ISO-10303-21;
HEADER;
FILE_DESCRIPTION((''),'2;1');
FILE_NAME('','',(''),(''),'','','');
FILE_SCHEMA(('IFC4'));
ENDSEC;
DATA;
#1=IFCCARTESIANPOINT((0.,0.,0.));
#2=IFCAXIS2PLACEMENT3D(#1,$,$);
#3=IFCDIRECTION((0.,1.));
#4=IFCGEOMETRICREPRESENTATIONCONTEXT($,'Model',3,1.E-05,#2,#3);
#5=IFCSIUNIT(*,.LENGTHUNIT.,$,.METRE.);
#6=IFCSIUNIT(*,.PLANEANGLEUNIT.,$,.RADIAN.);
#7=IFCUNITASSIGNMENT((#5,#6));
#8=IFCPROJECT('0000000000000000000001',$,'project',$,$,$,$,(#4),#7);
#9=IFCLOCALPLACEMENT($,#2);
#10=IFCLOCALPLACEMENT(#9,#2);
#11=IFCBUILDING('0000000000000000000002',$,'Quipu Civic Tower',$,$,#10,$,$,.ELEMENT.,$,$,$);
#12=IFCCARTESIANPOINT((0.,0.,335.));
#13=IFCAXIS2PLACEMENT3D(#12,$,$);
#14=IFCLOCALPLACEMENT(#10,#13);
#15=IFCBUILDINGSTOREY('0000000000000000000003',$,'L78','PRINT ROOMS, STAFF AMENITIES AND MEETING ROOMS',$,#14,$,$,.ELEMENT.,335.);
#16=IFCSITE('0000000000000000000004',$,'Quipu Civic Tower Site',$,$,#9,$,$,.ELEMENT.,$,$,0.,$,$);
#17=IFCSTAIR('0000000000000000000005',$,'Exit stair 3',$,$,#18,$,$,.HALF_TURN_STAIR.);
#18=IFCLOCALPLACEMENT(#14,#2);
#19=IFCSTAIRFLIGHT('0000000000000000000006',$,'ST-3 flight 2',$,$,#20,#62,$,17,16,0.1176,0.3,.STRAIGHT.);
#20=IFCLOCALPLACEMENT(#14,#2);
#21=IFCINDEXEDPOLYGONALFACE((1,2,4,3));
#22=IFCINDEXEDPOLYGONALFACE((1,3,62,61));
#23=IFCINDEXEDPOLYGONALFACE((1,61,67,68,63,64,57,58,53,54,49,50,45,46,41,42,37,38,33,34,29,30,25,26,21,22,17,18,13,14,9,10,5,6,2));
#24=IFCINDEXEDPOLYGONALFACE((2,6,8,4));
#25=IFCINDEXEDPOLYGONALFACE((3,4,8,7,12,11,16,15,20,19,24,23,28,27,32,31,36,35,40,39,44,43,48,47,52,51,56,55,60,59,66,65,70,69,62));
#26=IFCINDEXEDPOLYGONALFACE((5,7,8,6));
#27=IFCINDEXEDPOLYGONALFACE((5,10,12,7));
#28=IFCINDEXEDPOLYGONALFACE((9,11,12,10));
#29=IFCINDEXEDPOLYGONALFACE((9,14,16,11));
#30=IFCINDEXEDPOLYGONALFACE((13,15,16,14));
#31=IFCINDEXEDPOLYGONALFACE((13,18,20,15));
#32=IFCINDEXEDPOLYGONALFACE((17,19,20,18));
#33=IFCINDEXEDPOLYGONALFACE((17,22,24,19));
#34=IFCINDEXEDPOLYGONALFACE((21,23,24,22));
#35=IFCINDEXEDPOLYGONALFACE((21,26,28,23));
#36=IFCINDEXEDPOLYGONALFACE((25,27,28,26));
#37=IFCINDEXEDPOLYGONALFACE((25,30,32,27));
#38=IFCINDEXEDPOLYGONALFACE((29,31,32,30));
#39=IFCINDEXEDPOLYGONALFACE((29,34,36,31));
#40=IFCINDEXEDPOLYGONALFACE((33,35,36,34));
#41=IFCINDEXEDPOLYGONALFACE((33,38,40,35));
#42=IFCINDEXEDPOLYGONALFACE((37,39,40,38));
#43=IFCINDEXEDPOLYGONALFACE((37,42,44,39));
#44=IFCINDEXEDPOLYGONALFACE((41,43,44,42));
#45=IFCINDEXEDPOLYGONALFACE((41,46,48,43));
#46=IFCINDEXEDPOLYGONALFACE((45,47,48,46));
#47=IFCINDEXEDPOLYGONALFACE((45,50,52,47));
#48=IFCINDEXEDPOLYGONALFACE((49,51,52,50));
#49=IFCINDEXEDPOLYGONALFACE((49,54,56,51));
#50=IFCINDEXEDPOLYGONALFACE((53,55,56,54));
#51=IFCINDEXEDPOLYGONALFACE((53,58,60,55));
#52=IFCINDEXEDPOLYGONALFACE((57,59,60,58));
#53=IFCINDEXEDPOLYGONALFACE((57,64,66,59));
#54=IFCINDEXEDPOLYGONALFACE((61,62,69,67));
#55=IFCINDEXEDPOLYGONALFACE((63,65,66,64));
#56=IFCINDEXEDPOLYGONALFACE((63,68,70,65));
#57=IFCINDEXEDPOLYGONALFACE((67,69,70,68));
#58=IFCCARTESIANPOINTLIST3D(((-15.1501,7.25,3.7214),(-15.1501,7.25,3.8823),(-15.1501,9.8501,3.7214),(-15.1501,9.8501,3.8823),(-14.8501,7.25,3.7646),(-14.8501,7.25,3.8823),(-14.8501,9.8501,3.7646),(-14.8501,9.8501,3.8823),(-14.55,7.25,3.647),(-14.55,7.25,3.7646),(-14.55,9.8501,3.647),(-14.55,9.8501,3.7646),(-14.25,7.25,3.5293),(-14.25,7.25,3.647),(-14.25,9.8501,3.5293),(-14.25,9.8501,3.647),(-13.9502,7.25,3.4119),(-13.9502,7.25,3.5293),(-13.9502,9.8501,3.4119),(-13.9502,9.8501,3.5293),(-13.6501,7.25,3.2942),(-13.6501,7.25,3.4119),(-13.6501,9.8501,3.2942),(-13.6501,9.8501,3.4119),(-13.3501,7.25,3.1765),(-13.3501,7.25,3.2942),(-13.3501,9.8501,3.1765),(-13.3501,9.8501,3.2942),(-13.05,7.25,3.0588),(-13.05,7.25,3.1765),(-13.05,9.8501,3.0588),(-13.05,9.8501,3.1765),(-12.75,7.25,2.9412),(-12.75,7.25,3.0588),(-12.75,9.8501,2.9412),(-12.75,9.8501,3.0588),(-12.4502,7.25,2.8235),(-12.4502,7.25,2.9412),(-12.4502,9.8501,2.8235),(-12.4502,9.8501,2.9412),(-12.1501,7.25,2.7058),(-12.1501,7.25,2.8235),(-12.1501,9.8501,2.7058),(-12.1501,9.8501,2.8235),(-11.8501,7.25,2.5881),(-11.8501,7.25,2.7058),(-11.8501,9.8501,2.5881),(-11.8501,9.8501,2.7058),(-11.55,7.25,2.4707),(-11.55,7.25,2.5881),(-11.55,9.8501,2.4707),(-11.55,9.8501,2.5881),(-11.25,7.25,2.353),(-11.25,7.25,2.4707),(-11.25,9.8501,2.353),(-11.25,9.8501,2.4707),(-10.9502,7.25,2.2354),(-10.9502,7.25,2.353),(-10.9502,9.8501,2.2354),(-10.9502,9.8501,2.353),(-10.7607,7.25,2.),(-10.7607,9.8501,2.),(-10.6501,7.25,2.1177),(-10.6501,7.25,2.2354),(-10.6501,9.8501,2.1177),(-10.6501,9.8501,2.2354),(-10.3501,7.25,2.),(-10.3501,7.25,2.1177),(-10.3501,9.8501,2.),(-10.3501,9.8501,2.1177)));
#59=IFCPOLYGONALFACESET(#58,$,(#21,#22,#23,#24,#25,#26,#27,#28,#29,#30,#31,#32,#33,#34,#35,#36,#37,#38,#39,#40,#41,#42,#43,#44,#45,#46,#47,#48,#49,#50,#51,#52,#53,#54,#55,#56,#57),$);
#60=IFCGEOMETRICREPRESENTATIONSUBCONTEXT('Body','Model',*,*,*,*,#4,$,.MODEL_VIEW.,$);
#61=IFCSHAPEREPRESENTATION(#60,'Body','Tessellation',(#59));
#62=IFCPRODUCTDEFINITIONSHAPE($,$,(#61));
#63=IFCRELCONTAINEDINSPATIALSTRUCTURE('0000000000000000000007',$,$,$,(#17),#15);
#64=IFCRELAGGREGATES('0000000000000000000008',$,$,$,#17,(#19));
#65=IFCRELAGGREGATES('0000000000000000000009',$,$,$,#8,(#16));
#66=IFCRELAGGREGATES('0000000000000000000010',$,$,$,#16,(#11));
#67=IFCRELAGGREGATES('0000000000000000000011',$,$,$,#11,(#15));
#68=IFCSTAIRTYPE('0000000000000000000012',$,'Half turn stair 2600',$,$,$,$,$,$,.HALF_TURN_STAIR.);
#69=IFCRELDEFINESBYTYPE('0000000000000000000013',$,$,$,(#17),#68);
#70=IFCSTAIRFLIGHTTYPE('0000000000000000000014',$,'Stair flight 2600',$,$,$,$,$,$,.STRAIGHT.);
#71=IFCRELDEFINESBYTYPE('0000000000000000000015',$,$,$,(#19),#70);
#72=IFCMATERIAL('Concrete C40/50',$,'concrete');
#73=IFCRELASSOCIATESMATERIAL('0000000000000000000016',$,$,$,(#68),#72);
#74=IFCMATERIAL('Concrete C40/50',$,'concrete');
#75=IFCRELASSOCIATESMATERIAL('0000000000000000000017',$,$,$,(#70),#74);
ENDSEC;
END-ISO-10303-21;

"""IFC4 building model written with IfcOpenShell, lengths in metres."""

from ifc_helpers import new_model, si_unit, direction, frame, origin, place, context, subcontext, project, spatial, polyline, outline, extrude, material, type_object, element, aggregate, save


model = new_model("IFC4")

# Units and contexts
model_context = context("Model", 3, precision=1e-05, world=origin(), true_north=direction((0.0, 1.0)))
body_context = subcontext(model_context, "Body", "Model", "MODEL_VIEW")
ifc_project = project(units=[si_unit("LENGTHUNIT", "METRE"), si_unit("PLANEANGLEUNIT", "RADIAN")], contexts=[model_context])

# Site, building, storey
site_placement = place(None, origin())
site = spatial("IfcSite", under=ifc_project, at=site_placement, Name="Quipu Civic Tower Site", CompositionType="ELEMENT", RefElevation=0.0)
building_placement = place(site_placement, origin())
building = spatial("IfcBuilding", under=site, at=building_placement, Name="Quipu Civic Tower", CompositionType="ELEMENT")
storey_placement = place(building_placement, frame((0.0, 0.0, 335.0)))
storey = spatial("IfcBuildingStorey", under=building, at=storey_placement, Name="L78", Description="PRINT ROOMS, STAFF AMENITIES AND MEETING ROOMS", CompositionType="ELEMENT", Elevation=335.0)

# Stair, stair flight
ifc_material_1 = material(Name="Concrete C40/50", Category="concrete")
stair_type = type_object("IfcStairType", Name="Half turn stair 2600", PredefinedType="HALF_TURN_STAIR", material=ifc_material_1)
stair_placement = place(storey_placement, origin())
stair = element("IfcStair", 1, at=stair_placement, inside=storey, type_object=stair_type, Name="Exit stair 3", PredefinedType="HALF_TURN_STAIR")
ifc_material_2 = material(Name="Concrete C40/50", Category="concrete")
stair_flight_type = type_object("IfcStairFlightType", Name="Stair flight 2600", PredefinedType="STRAIGHT", material=ifc_material_2)
stair_flight_placement = place(storey_placement, frame((-10.3501, 8.55, 2.0), z_axis=(0.0, 0.0, 1.0), x_axis=(-1.0, 0.0, 0.0)))
stair_flight = element("IfcStairFlight", 2, at=stair_flight_placement, type_object=stair_flight_type, Name="ST-3 flight 2", NumberOfRisers=17, NumberOfTreads=16, PredefinedType="STRAIGHT", RiserHeight=0.1176, TreadLength=0.3, context=body_context, shape_type="SweptSolid", body=[
    extrude(outline(polyline([(0.0, 0.0), (0.0, 0.1177), (0.3, 0.1177), (0.3, 0.2354), (0.6001, 0.2354), (0.6001, 0.353), (0.8999, 0.353), (0.8999, 0.4707), (1.2, 0.4707), (1.2, 0.5881), (1.5, 0.5881), (1.5, 0.7058), (1.8, 0.7058), (1.8, 0.8235), (2.1001, 0.8235), (2.1001, 0.9412), (2.3999, 0.9412), (2.3999, 1.0588), (2.7, 1.0588), (2.7, 1.1765), (3.0, 1.1765), (3.0, 1.2942), (3.3, 1.2942), (3.3, 1.4119), (3.6001, 1.4119), (3.6001, 1.5293), (3.8999, 1.5293), (3.8999, 1.647), (4.2, 1.647), (4.2, 1.7646), (4.5, 1.7646), (4.5, 1.8823), (4.8, 1.8823), (4.8, 2.0), (4.8, 1.7214), (0.4106, 0.0), (0.0, 0.0)])), frame((0.0, 1.3, 0.0), z_axis=(0.0, -1.0, 0.0), x_axis=(1.0, 0.0, 0.0)), (0.0, 0.0, 1.0), 2.6001),
])
aggregate(stair, [stair_flight])

save(model, "model.ifc")
